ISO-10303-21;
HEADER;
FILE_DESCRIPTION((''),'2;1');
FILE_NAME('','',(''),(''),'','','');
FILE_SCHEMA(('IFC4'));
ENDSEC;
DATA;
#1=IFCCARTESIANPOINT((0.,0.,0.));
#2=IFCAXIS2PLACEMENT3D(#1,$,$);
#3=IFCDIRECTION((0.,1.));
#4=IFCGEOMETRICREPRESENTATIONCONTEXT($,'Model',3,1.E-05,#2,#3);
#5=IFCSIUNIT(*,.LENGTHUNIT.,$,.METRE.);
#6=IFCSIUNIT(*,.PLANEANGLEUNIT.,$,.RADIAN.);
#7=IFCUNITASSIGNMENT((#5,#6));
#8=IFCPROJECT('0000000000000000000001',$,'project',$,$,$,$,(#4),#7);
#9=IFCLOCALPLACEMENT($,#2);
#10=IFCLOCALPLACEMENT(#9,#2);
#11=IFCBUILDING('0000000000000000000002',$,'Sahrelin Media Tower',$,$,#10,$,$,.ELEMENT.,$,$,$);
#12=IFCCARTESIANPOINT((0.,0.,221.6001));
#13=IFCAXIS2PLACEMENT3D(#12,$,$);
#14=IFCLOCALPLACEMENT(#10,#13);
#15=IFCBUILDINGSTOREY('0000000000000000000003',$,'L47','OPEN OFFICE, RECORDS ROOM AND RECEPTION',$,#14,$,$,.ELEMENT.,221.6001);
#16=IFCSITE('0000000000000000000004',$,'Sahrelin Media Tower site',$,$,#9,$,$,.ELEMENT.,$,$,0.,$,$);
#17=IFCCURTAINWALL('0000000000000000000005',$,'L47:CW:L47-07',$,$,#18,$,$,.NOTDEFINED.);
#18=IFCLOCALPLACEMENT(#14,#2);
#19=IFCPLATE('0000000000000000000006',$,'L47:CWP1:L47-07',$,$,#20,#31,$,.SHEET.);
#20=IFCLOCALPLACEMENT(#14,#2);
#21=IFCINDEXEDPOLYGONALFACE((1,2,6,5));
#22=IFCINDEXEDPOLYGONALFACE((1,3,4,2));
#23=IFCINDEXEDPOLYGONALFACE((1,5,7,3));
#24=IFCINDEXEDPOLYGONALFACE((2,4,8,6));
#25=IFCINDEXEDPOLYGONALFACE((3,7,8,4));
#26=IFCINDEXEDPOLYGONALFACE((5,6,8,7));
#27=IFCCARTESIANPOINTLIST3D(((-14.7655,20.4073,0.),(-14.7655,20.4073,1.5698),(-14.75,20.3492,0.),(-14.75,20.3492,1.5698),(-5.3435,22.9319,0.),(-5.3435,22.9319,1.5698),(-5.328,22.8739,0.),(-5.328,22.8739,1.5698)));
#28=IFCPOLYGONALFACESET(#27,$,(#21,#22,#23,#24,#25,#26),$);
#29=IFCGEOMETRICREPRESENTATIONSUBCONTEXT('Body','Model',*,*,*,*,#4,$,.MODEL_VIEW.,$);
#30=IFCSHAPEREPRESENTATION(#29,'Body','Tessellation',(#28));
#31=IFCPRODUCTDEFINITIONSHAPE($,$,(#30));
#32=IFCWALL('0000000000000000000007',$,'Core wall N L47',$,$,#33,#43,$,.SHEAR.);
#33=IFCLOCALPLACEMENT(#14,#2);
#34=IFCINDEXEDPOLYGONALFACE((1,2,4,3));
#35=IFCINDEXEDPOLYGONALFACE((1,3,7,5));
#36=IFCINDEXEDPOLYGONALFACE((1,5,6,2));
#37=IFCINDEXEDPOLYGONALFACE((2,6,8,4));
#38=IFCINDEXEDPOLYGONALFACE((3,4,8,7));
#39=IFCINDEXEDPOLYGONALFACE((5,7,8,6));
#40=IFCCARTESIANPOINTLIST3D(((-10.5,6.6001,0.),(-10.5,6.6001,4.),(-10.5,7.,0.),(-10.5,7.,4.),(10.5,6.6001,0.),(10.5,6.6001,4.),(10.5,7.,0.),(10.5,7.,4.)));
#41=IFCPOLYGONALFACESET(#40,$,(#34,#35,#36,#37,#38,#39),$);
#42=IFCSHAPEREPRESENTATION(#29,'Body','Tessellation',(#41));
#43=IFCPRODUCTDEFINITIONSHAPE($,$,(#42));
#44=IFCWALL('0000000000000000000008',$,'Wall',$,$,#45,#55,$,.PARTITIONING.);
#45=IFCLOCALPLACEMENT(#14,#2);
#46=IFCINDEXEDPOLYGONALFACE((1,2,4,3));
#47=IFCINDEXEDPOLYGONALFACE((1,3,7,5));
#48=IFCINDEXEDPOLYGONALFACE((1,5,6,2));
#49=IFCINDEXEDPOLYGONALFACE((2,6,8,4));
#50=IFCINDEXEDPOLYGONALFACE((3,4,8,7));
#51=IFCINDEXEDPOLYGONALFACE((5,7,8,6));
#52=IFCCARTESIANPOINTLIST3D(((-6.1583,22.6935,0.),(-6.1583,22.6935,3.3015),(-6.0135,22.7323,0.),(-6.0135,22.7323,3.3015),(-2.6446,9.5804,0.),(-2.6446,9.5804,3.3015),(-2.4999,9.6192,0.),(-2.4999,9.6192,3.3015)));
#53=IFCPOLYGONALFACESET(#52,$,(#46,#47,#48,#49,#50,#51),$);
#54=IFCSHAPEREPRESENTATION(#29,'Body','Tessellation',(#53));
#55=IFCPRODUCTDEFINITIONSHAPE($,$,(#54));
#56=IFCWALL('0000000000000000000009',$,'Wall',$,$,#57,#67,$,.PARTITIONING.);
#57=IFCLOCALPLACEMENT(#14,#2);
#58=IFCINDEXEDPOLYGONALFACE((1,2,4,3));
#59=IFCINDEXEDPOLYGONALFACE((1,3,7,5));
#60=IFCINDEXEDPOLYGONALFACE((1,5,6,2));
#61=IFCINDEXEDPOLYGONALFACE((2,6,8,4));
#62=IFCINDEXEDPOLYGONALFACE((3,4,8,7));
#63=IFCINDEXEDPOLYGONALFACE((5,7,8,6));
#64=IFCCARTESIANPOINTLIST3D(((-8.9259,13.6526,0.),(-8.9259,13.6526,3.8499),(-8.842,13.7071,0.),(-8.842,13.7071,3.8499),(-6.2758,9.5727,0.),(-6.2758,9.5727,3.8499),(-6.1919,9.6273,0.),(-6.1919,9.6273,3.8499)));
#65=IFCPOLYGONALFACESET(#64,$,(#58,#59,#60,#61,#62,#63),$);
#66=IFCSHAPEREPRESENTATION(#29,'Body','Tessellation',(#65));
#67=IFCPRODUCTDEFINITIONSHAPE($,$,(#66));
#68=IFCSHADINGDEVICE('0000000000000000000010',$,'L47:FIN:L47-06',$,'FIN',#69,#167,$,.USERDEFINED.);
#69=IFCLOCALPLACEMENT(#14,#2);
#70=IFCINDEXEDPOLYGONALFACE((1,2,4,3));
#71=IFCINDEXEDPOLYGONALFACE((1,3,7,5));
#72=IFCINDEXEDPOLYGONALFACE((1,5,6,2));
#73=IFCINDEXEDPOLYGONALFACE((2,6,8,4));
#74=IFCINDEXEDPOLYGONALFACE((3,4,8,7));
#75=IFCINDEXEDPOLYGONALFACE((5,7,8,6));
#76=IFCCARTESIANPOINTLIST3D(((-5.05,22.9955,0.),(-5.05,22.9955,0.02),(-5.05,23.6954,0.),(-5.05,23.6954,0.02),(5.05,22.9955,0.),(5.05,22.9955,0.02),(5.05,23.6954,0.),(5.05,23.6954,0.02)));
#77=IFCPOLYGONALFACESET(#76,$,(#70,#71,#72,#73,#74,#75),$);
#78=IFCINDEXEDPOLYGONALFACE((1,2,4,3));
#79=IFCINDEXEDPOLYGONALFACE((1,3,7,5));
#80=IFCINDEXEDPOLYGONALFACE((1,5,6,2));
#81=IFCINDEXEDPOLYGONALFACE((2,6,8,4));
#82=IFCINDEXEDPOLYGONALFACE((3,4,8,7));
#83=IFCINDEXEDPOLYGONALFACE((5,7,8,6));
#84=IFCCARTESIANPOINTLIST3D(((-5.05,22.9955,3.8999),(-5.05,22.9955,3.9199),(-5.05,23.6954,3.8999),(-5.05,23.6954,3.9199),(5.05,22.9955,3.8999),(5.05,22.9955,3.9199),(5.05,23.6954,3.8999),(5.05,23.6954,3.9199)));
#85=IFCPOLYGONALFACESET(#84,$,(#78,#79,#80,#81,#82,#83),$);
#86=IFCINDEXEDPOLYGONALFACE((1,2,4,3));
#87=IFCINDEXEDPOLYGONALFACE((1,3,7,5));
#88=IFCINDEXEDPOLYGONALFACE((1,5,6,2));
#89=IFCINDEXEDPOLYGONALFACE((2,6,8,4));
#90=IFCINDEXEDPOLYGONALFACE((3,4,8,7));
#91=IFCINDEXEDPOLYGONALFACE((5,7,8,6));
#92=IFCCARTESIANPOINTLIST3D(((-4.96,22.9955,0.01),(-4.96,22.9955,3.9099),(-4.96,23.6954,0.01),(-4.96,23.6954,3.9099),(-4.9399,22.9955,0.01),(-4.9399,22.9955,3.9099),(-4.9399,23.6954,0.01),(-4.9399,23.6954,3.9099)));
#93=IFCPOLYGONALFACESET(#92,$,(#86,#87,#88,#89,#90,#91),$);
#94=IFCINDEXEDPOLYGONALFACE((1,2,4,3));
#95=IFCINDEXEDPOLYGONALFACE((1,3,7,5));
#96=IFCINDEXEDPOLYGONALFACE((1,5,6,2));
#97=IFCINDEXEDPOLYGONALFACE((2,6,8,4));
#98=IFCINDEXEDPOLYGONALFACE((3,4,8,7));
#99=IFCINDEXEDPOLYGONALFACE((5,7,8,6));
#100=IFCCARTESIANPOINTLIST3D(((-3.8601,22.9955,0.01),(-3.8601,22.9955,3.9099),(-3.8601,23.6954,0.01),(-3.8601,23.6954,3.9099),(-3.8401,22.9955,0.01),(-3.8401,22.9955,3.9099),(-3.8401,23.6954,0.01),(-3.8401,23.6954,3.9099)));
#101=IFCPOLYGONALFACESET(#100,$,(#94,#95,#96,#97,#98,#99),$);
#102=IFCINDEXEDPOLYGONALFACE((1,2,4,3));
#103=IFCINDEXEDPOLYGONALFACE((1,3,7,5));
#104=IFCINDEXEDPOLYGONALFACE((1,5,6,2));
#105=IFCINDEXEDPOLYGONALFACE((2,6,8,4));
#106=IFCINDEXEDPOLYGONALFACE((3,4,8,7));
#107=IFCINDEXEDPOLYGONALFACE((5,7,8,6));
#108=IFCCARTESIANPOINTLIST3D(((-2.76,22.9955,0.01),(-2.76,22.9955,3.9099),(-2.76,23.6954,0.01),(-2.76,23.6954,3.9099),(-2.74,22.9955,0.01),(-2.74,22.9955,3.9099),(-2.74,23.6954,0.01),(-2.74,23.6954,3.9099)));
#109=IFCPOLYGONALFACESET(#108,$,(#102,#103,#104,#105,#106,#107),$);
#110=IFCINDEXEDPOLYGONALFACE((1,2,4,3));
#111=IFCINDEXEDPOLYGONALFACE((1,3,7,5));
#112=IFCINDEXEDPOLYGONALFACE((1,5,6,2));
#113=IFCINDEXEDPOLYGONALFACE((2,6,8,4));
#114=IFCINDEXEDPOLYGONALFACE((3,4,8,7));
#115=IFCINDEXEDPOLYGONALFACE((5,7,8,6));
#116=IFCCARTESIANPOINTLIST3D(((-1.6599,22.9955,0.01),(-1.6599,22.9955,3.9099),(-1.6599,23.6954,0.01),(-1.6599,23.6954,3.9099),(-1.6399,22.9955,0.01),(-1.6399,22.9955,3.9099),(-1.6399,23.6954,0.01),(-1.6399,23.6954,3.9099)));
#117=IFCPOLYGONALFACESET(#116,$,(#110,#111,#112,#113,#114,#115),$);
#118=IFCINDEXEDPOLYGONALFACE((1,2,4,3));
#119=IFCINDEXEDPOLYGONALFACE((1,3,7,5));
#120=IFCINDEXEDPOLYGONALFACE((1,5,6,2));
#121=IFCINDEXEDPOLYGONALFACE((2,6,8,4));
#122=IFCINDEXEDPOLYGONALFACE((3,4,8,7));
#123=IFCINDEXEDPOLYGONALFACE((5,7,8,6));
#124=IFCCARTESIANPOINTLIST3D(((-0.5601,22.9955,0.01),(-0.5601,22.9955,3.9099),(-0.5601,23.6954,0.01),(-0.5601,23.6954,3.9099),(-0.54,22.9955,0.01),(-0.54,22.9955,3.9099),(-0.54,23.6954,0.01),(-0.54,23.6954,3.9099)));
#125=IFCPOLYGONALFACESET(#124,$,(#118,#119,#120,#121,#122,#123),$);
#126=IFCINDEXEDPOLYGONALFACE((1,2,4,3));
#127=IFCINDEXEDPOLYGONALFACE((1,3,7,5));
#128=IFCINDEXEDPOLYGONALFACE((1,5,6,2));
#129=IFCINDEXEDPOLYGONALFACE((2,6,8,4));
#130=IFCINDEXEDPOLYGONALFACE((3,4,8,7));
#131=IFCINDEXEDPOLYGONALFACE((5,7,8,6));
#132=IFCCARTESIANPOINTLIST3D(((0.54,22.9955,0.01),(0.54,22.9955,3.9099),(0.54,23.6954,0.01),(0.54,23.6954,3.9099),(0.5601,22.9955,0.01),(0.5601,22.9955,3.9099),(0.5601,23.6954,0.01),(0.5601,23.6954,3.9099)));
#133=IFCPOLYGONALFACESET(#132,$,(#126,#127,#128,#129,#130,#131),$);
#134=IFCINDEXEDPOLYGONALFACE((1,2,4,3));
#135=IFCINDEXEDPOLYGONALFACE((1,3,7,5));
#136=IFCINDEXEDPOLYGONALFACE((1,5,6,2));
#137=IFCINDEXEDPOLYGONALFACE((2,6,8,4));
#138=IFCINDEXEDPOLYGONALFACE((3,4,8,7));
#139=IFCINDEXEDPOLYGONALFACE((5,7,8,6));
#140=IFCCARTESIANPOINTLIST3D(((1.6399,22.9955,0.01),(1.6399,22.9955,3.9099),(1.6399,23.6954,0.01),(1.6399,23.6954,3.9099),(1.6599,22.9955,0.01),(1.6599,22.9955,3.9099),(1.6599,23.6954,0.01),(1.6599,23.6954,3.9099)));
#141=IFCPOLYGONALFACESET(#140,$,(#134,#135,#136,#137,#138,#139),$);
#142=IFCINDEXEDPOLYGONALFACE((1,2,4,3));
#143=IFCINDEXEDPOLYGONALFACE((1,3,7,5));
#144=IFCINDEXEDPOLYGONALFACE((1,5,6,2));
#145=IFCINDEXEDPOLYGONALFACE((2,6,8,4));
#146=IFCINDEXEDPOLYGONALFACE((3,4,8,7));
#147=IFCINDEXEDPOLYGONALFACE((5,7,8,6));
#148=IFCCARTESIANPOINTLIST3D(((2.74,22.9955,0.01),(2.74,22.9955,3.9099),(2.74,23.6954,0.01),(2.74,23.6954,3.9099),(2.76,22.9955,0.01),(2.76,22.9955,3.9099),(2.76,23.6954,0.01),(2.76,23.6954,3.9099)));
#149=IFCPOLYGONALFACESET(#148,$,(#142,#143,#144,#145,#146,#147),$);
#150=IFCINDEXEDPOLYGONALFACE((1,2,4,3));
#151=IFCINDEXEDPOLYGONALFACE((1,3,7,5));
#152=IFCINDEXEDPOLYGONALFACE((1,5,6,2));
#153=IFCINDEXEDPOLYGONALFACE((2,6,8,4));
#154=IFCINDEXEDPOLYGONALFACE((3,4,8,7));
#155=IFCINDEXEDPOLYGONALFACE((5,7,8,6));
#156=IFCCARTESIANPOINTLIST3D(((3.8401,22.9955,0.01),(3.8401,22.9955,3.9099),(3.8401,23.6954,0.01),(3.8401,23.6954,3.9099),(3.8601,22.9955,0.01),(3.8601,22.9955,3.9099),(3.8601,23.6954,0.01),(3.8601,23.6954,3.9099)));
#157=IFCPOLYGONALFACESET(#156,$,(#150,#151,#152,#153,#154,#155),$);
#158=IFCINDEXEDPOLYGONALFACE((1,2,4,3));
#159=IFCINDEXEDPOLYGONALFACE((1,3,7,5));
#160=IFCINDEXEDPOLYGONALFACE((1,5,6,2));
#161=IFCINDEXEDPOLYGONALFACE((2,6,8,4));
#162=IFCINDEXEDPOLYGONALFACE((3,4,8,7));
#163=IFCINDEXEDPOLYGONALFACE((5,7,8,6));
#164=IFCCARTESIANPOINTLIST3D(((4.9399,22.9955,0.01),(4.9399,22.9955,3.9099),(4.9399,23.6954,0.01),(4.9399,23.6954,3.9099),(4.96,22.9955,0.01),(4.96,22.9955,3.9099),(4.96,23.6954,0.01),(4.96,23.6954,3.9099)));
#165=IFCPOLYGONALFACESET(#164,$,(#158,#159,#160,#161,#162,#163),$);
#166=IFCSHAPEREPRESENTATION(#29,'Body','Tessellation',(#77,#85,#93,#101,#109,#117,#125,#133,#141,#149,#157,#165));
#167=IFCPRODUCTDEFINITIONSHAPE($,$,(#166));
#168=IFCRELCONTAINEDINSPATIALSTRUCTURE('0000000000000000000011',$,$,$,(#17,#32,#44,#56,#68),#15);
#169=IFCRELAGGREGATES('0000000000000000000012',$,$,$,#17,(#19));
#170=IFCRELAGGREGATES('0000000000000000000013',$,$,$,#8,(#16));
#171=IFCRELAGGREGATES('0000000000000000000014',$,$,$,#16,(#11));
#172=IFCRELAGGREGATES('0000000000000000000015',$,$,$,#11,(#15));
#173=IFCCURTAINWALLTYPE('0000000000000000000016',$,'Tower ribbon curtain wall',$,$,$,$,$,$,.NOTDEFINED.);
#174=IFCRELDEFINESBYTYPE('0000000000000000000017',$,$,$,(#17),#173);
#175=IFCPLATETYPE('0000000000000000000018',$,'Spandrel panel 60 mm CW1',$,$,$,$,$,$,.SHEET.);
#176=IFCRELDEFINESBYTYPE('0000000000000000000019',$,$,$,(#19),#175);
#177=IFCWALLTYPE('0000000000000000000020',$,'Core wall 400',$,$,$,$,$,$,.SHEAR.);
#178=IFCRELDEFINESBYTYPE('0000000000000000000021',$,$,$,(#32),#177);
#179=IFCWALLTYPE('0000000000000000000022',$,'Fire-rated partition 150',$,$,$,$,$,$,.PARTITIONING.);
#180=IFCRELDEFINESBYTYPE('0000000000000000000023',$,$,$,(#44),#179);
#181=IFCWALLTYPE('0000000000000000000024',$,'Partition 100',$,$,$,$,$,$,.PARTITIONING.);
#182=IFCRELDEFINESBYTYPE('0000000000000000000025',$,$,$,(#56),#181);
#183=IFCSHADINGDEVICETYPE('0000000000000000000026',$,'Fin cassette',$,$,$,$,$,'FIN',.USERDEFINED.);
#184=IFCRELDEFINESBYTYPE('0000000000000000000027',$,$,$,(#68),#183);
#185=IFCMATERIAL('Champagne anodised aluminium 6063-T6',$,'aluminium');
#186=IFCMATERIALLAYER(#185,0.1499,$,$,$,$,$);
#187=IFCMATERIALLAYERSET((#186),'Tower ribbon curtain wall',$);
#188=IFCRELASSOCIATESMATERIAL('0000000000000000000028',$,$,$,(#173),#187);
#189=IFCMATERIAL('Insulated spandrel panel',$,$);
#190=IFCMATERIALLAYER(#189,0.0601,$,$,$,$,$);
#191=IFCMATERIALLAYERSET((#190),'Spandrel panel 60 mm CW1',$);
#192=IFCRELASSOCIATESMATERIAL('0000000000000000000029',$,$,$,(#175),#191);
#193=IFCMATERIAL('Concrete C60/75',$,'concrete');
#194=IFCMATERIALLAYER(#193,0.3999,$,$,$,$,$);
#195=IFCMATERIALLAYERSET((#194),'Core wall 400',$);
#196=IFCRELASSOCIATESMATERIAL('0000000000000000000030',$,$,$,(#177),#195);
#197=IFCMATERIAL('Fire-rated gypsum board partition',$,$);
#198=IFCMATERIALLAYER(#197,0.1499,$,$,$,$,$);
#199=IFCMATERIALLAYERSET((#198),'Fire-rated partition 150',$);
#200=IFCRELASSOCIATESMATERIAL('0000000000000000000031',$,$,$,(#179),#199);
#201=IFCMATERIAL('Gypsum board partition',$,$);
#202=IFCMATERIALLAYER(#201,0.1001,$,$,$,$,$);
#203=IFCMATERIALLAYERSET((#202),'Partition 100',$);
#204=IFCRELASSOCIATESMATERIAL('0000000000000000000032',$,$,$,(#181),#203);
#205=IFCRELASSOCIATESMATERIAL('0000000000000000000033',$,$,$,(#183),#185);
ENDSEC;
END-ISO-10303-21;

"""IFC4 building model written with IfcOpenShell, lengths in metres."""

from ifc_helpers import new_model, si_unit, direction, frame, frame_2d, origin, origin_2d, place, context, subcontext, project, spatial, polyline, rectangle, outline, extrude, material, layer, layer_set, type_object, element, aggregate, save


model = new_model("IFC4")

# Units and contexts
model_context = context("Model", 3, precision=1e-05, world=origin(), true_north=direction((0.0, 1.0)))
body_context = subcontext(model_context, "Body", "Model", "MODEL_VIEW")
ifc_project = project(units=[si_unit("LENGTHUNIT", "METRE"), si_unit("PLANEANGLEUNIT", "RADIAN")], contexts=[model_context])

# Site, building, storey
site_placement = place(None, origin())
site = spatial("IfcSite", under=ifc_project, at=site_placement, Name="Sahrelin Media Tower site", CompositionType="ELEMENT", RefElevation=0.0)
building_placement = place(site_placement, origin())
building = spatial("IfcBuilding", under=site, at=building_placement, Name="Sahrelin Media Tower", CompositionType="ELEMENT")
storey_placement = place(building_placement, frame((0.0, 0.0, 221.6001)))
storey = spatial("IfcBuildingStorey", under=building, at=storey_placement, Name="L47", Description="OPEN OFFICE, RECORDS ROOM AND RECEPTION", CompositionType="ELEMENT", Elevation=221.6001)

# Curtain wall
ifc_material_1 = material(Name="Champagne anodised aluminium 6063-T6", Category="aluminium")
ifc_layer_1 = layer(ifc_material_1, 0.1499)
ifc_layer_set_1 = layer_set([ifc_layer_1], Name="Tower ribbon curtain wall")
curtain_wall_type = type_object("IfcCurtainWallType", Name="Tower ribbon curtain wall", PredefinedType="NOTDEFINED", material=ifc_layer_set_1)
placement_1 = place(storey_placement, frame((0.0, 22.9255, 0.0), z_axis=(0.0, 0.0, 1.0), x_axis=(1.0, 0.0, 0.0)))
curtain_wall_1_placement = place(storey_placement, frame((-10.0493, 21.6504, 0.0), z_axis=(0.0, 0.0, 1.0), x_axis=(1.0, 0.0, 0.0)))
curtain_wall_1 = element("IfcCurtainWall", 1, at=curtain_wall_1_placement, inside=storey, type_object=curtain_wall_type, Name="L47:CW:L47-07", PredefinedType="NOTDEFINED")

# Plate
ifc_material_2 = material(Name="Insulated spandrel panel")
ifc_layer_2 = layer(ifc_material_2, 0.0601)
ifc_layer_set_2 = layer_set([ifc_layer_2], Name="Spandrel panel 60 mm CW1")
plate_type_1 = type_object("IfcPlateType", Name="Spandrel panel 60 mm CW1", PredefinedType="SHEET", material=ifc_layer_set_2)
plate_1_placement = place(storey_placement, frame((-5.3435, 22.9319, 0.0), z_axis=(-0.25882, 0.965926, 0.0), x_axis=(-0.965926, -0.25882, 0.0)))
plate_1 = element("IfcPlate", 2, at=plate_1_placement, type_object=plate_type_1, Name="L47:CWP1:L47-07", PredefinedType="SHEET", context=body_context, shape_type="SweptSolid", body=[
    extrude(outline(polyline([(0.0, 0.0), (9.7544, 0.0), (9.7544, 1.5698), (0.0, 1.5698), (0.0, 0.0)])), origin(), (0.0, 0.0, -1.0), 0.0601),
])
aggregate(curtain_wall_1, [plate_1])

# Walls
ifc_material_3 = material(Name="Concrete C60/75", Category="concrete")
ifc_layer_3 = layer(ifc_material_3, 0.3999)
ifc_layer_set_3 = layer_set([ifc_layer_3], Name="Core wall 400")
wall_type_1 = type_object("IfcWallType", Name="Core wall 400", PredefinedType="SHEAR", material=ifc_layer_set_3)
wall_1_placement = place(storey_placement, frame((-10.5, 6.8, 0.0), z_axis=(0.0, 0.0, 1.0), x_axis=(1.0, 0.0, 0.0)))
element("IfcWall", 3, at=wall_1_placement, inside=storey, type_object=wall_type_1, Name="Core wall N L47", PredefinedType="SHEAR", context=body_context, shape_type="SweptSolid", body=[
    extrude(rectangle(XDim=21.0, YDim=0.3999, at=frame_2d((10.5, 0.0))), origin(), (0.0, 0.0, 1.0), 4.0),
])
ifc_material_4 = material(Name="Fire-rated gypsum board partition")
ifc_layer_4 = layer(ifc_material_4, 0.1499)
ifc_layer_set_4 = layer_set([ifc_layer_4], Name="Fire-rated partition 150")
wall_type_2 = type_object("IfcWallType", Name="Fire-rated partition 150", PredefinedType="PARTITIONING", material=ifc_layer_set_4)
wall_2_placement = place(storey_placement, frame((-6.0859, 22.7129, 0.0), z_axis=(0.0, 0.0, 1.0), x_axis=(0.258822, -0.965925, 0.0)))
element("IfcWall", 4, at=wall_2_placement, inside=storey, type_object=wall_type_2, Name="Wall", PredefinedType="PARTITIONING", context=body_context, shape_type="SweptSolid", body=[
    extrude(rectangle(XDim=13.5757, YDim=0.1499, at=frame_2d((6.7878, 0.0))), origin(), (0.0, 0.0, 1.0), 3.3015),
])
ifc_material_5 = material(Name="Gypsum board partition")
ifc_layer_5 = layer(ifc_material_5, 0.1001)
ifc_layer_set_5 = layer_set([ifc_layer_5], Name="Partition 100")
wall_type_3 = type_object("IfcWallType", Name="Partition 100", PredefinedType="PARTITIONING", material=ifc_layer_set_5)
wall_3_placement = place(storey_placement, frame((-8.884, 13.6799, 0.0), z_axis=(0.0, 0.0, 1.0), x_axis=(0.544736, -0.838608, 0.0)))
element("IfcWall", 5, at=wall_3_placement, inside=storey, type_object=wall_type_3, Name="Wall", PredefinedType="PARTITIONING", context=body_context, shape_type="SweptSolid", body=[
    extrude(rectangle(XDim=4.865, YDim=0.1001, at=frame_2d((2.4326, 0.0))), origin(), (0.0, 0.0, 1.0), 3.8499),
])

# Shading device
shading_device_type_1 = type_object("IfcShadingDeviceType", Name="Fin cassette", ElementType="FIN", PredefinedType="USERDEFINED", material=ifc_material_1)
element("IfcShadingDevice", 6, at=placement_1, inside=storey, type_object=shading_device_type_1, Name="L47:FIN:L47-06", ObjectType="FIN", PredefinedType="USERDEFINED", context=body_context, shape_type="SweptSolid", body=[
    extrude(rectangle(XDim=10.1001, YDim=0.7, at=origin_2d()), frame((0.0, 0.4199, 0.0)), (0.0, 0.0, 1.0), 0.02),
    extrude(rectangle(XDim=10.1001, YDim=0.7, at=origin_2d()), frame((0.0, 0.4199, 3.8999)), (0.0, 0.0, 1.0), 0.02),
    extrude(rectangle(XDim=0.02, YDim=0.7, at=origin_2d()), frame((-4.95, 0.4199, 0.01), z_axis=(0.0, 0.0, 1.0), x_axis=(1.0, 0.0, 0.0)), (0.0, 0.0, 1.0), 3.8999),
    extrude(rectangle(XDim=0.02, YDim=0.7, at=origin_2d()), frame((-3.8501, 0.4199, 0.01), z_axis=(0.0, 0.0, 1.0), x_axis=(1.0, 0.0, 0.0)), (0.0, 0.0, 1.0), 3.8999),
    extrude(rectangle(XDim=0.02, YDim=0.7, at=origin_2d()), frame((-2.75, 0.4199, 0.01), z_axis=(0.0, 0.0, 1.0), x_axis=(1.0, 0.0, 0.0)), (0.0, 0.0, 1.0), 3.8999),
    extrude(rectangle(XDim=0.02, YDim=0.7, at=origin_2d()), frame((-1.6499, 0.4199, 0.01), z_axis=(0.0, 0.0, 1.0), x_axis=(1.0, 0.0, 0.0)), (0.0, 0.0, 1.0), 3.8999),
    extrude(rectangle(XDim=0.02, YDim=0.7, at=origin_2d()), frame((-0.55, 0.4199, 0.01), z_axis=(0.0, 0.0, 1.0), x_axis=(1.0, 0.0, 0.0)), (0.0, 0.0, 1.0), 3.8999),
    extrude(rectangle(XDim=0.02, YDim=0.7, at=origin_2d()), frame((0.55, 0.4199, 0.01), z_axis=(0.0, 0.0, 1.0), x_axis=(1.0, 0.0, 0.0)), (0.0, 0.0, 1.0), 3.8999),
    extrude(rectangle(XDim=0.02, YDim=0.7, at=origin_2d()), frame((1.6499, 0.4199, 0.01), z_axis=(0.0, 0.0, 1.0), x_axis=(1.0, 0.0, 0.0)), (0.0, 0.0, 1.0), 3.8999),
    extrude(rectangle(XDim=0.02, YDim=0.7, at=origin_2d()), frame((2.75, 0.4199, 0.01), z_axis=(0.0, 0.0, 1.0), x_axis=(1.0, 0.0, 0.0)), (0.0, 0.0, 1.0), 3.8999),
    extrude(rectangle(XDim=0.02, YDim=0.7, at=origin_2d()), frame((3.8501, 0.4199, 0.01), z_axis=(0.0, 0.0, 1.0), x_axis=(1.0, 0.0, 0.0)), (0.0, 0.0, 1.0), 3.8999),
    extrude(rectangle(XDim=0.02, YDim=0.7, at=origin_2d()), frame((4.95, 0.4199, 0.01), z_axis=(0.0, 0.0, 1.0), x_axis=(1.0, 0.0, 0.0)), (0.0, 0.0, 1.0), 3.8999),
])

save(model, "model.ifc")
